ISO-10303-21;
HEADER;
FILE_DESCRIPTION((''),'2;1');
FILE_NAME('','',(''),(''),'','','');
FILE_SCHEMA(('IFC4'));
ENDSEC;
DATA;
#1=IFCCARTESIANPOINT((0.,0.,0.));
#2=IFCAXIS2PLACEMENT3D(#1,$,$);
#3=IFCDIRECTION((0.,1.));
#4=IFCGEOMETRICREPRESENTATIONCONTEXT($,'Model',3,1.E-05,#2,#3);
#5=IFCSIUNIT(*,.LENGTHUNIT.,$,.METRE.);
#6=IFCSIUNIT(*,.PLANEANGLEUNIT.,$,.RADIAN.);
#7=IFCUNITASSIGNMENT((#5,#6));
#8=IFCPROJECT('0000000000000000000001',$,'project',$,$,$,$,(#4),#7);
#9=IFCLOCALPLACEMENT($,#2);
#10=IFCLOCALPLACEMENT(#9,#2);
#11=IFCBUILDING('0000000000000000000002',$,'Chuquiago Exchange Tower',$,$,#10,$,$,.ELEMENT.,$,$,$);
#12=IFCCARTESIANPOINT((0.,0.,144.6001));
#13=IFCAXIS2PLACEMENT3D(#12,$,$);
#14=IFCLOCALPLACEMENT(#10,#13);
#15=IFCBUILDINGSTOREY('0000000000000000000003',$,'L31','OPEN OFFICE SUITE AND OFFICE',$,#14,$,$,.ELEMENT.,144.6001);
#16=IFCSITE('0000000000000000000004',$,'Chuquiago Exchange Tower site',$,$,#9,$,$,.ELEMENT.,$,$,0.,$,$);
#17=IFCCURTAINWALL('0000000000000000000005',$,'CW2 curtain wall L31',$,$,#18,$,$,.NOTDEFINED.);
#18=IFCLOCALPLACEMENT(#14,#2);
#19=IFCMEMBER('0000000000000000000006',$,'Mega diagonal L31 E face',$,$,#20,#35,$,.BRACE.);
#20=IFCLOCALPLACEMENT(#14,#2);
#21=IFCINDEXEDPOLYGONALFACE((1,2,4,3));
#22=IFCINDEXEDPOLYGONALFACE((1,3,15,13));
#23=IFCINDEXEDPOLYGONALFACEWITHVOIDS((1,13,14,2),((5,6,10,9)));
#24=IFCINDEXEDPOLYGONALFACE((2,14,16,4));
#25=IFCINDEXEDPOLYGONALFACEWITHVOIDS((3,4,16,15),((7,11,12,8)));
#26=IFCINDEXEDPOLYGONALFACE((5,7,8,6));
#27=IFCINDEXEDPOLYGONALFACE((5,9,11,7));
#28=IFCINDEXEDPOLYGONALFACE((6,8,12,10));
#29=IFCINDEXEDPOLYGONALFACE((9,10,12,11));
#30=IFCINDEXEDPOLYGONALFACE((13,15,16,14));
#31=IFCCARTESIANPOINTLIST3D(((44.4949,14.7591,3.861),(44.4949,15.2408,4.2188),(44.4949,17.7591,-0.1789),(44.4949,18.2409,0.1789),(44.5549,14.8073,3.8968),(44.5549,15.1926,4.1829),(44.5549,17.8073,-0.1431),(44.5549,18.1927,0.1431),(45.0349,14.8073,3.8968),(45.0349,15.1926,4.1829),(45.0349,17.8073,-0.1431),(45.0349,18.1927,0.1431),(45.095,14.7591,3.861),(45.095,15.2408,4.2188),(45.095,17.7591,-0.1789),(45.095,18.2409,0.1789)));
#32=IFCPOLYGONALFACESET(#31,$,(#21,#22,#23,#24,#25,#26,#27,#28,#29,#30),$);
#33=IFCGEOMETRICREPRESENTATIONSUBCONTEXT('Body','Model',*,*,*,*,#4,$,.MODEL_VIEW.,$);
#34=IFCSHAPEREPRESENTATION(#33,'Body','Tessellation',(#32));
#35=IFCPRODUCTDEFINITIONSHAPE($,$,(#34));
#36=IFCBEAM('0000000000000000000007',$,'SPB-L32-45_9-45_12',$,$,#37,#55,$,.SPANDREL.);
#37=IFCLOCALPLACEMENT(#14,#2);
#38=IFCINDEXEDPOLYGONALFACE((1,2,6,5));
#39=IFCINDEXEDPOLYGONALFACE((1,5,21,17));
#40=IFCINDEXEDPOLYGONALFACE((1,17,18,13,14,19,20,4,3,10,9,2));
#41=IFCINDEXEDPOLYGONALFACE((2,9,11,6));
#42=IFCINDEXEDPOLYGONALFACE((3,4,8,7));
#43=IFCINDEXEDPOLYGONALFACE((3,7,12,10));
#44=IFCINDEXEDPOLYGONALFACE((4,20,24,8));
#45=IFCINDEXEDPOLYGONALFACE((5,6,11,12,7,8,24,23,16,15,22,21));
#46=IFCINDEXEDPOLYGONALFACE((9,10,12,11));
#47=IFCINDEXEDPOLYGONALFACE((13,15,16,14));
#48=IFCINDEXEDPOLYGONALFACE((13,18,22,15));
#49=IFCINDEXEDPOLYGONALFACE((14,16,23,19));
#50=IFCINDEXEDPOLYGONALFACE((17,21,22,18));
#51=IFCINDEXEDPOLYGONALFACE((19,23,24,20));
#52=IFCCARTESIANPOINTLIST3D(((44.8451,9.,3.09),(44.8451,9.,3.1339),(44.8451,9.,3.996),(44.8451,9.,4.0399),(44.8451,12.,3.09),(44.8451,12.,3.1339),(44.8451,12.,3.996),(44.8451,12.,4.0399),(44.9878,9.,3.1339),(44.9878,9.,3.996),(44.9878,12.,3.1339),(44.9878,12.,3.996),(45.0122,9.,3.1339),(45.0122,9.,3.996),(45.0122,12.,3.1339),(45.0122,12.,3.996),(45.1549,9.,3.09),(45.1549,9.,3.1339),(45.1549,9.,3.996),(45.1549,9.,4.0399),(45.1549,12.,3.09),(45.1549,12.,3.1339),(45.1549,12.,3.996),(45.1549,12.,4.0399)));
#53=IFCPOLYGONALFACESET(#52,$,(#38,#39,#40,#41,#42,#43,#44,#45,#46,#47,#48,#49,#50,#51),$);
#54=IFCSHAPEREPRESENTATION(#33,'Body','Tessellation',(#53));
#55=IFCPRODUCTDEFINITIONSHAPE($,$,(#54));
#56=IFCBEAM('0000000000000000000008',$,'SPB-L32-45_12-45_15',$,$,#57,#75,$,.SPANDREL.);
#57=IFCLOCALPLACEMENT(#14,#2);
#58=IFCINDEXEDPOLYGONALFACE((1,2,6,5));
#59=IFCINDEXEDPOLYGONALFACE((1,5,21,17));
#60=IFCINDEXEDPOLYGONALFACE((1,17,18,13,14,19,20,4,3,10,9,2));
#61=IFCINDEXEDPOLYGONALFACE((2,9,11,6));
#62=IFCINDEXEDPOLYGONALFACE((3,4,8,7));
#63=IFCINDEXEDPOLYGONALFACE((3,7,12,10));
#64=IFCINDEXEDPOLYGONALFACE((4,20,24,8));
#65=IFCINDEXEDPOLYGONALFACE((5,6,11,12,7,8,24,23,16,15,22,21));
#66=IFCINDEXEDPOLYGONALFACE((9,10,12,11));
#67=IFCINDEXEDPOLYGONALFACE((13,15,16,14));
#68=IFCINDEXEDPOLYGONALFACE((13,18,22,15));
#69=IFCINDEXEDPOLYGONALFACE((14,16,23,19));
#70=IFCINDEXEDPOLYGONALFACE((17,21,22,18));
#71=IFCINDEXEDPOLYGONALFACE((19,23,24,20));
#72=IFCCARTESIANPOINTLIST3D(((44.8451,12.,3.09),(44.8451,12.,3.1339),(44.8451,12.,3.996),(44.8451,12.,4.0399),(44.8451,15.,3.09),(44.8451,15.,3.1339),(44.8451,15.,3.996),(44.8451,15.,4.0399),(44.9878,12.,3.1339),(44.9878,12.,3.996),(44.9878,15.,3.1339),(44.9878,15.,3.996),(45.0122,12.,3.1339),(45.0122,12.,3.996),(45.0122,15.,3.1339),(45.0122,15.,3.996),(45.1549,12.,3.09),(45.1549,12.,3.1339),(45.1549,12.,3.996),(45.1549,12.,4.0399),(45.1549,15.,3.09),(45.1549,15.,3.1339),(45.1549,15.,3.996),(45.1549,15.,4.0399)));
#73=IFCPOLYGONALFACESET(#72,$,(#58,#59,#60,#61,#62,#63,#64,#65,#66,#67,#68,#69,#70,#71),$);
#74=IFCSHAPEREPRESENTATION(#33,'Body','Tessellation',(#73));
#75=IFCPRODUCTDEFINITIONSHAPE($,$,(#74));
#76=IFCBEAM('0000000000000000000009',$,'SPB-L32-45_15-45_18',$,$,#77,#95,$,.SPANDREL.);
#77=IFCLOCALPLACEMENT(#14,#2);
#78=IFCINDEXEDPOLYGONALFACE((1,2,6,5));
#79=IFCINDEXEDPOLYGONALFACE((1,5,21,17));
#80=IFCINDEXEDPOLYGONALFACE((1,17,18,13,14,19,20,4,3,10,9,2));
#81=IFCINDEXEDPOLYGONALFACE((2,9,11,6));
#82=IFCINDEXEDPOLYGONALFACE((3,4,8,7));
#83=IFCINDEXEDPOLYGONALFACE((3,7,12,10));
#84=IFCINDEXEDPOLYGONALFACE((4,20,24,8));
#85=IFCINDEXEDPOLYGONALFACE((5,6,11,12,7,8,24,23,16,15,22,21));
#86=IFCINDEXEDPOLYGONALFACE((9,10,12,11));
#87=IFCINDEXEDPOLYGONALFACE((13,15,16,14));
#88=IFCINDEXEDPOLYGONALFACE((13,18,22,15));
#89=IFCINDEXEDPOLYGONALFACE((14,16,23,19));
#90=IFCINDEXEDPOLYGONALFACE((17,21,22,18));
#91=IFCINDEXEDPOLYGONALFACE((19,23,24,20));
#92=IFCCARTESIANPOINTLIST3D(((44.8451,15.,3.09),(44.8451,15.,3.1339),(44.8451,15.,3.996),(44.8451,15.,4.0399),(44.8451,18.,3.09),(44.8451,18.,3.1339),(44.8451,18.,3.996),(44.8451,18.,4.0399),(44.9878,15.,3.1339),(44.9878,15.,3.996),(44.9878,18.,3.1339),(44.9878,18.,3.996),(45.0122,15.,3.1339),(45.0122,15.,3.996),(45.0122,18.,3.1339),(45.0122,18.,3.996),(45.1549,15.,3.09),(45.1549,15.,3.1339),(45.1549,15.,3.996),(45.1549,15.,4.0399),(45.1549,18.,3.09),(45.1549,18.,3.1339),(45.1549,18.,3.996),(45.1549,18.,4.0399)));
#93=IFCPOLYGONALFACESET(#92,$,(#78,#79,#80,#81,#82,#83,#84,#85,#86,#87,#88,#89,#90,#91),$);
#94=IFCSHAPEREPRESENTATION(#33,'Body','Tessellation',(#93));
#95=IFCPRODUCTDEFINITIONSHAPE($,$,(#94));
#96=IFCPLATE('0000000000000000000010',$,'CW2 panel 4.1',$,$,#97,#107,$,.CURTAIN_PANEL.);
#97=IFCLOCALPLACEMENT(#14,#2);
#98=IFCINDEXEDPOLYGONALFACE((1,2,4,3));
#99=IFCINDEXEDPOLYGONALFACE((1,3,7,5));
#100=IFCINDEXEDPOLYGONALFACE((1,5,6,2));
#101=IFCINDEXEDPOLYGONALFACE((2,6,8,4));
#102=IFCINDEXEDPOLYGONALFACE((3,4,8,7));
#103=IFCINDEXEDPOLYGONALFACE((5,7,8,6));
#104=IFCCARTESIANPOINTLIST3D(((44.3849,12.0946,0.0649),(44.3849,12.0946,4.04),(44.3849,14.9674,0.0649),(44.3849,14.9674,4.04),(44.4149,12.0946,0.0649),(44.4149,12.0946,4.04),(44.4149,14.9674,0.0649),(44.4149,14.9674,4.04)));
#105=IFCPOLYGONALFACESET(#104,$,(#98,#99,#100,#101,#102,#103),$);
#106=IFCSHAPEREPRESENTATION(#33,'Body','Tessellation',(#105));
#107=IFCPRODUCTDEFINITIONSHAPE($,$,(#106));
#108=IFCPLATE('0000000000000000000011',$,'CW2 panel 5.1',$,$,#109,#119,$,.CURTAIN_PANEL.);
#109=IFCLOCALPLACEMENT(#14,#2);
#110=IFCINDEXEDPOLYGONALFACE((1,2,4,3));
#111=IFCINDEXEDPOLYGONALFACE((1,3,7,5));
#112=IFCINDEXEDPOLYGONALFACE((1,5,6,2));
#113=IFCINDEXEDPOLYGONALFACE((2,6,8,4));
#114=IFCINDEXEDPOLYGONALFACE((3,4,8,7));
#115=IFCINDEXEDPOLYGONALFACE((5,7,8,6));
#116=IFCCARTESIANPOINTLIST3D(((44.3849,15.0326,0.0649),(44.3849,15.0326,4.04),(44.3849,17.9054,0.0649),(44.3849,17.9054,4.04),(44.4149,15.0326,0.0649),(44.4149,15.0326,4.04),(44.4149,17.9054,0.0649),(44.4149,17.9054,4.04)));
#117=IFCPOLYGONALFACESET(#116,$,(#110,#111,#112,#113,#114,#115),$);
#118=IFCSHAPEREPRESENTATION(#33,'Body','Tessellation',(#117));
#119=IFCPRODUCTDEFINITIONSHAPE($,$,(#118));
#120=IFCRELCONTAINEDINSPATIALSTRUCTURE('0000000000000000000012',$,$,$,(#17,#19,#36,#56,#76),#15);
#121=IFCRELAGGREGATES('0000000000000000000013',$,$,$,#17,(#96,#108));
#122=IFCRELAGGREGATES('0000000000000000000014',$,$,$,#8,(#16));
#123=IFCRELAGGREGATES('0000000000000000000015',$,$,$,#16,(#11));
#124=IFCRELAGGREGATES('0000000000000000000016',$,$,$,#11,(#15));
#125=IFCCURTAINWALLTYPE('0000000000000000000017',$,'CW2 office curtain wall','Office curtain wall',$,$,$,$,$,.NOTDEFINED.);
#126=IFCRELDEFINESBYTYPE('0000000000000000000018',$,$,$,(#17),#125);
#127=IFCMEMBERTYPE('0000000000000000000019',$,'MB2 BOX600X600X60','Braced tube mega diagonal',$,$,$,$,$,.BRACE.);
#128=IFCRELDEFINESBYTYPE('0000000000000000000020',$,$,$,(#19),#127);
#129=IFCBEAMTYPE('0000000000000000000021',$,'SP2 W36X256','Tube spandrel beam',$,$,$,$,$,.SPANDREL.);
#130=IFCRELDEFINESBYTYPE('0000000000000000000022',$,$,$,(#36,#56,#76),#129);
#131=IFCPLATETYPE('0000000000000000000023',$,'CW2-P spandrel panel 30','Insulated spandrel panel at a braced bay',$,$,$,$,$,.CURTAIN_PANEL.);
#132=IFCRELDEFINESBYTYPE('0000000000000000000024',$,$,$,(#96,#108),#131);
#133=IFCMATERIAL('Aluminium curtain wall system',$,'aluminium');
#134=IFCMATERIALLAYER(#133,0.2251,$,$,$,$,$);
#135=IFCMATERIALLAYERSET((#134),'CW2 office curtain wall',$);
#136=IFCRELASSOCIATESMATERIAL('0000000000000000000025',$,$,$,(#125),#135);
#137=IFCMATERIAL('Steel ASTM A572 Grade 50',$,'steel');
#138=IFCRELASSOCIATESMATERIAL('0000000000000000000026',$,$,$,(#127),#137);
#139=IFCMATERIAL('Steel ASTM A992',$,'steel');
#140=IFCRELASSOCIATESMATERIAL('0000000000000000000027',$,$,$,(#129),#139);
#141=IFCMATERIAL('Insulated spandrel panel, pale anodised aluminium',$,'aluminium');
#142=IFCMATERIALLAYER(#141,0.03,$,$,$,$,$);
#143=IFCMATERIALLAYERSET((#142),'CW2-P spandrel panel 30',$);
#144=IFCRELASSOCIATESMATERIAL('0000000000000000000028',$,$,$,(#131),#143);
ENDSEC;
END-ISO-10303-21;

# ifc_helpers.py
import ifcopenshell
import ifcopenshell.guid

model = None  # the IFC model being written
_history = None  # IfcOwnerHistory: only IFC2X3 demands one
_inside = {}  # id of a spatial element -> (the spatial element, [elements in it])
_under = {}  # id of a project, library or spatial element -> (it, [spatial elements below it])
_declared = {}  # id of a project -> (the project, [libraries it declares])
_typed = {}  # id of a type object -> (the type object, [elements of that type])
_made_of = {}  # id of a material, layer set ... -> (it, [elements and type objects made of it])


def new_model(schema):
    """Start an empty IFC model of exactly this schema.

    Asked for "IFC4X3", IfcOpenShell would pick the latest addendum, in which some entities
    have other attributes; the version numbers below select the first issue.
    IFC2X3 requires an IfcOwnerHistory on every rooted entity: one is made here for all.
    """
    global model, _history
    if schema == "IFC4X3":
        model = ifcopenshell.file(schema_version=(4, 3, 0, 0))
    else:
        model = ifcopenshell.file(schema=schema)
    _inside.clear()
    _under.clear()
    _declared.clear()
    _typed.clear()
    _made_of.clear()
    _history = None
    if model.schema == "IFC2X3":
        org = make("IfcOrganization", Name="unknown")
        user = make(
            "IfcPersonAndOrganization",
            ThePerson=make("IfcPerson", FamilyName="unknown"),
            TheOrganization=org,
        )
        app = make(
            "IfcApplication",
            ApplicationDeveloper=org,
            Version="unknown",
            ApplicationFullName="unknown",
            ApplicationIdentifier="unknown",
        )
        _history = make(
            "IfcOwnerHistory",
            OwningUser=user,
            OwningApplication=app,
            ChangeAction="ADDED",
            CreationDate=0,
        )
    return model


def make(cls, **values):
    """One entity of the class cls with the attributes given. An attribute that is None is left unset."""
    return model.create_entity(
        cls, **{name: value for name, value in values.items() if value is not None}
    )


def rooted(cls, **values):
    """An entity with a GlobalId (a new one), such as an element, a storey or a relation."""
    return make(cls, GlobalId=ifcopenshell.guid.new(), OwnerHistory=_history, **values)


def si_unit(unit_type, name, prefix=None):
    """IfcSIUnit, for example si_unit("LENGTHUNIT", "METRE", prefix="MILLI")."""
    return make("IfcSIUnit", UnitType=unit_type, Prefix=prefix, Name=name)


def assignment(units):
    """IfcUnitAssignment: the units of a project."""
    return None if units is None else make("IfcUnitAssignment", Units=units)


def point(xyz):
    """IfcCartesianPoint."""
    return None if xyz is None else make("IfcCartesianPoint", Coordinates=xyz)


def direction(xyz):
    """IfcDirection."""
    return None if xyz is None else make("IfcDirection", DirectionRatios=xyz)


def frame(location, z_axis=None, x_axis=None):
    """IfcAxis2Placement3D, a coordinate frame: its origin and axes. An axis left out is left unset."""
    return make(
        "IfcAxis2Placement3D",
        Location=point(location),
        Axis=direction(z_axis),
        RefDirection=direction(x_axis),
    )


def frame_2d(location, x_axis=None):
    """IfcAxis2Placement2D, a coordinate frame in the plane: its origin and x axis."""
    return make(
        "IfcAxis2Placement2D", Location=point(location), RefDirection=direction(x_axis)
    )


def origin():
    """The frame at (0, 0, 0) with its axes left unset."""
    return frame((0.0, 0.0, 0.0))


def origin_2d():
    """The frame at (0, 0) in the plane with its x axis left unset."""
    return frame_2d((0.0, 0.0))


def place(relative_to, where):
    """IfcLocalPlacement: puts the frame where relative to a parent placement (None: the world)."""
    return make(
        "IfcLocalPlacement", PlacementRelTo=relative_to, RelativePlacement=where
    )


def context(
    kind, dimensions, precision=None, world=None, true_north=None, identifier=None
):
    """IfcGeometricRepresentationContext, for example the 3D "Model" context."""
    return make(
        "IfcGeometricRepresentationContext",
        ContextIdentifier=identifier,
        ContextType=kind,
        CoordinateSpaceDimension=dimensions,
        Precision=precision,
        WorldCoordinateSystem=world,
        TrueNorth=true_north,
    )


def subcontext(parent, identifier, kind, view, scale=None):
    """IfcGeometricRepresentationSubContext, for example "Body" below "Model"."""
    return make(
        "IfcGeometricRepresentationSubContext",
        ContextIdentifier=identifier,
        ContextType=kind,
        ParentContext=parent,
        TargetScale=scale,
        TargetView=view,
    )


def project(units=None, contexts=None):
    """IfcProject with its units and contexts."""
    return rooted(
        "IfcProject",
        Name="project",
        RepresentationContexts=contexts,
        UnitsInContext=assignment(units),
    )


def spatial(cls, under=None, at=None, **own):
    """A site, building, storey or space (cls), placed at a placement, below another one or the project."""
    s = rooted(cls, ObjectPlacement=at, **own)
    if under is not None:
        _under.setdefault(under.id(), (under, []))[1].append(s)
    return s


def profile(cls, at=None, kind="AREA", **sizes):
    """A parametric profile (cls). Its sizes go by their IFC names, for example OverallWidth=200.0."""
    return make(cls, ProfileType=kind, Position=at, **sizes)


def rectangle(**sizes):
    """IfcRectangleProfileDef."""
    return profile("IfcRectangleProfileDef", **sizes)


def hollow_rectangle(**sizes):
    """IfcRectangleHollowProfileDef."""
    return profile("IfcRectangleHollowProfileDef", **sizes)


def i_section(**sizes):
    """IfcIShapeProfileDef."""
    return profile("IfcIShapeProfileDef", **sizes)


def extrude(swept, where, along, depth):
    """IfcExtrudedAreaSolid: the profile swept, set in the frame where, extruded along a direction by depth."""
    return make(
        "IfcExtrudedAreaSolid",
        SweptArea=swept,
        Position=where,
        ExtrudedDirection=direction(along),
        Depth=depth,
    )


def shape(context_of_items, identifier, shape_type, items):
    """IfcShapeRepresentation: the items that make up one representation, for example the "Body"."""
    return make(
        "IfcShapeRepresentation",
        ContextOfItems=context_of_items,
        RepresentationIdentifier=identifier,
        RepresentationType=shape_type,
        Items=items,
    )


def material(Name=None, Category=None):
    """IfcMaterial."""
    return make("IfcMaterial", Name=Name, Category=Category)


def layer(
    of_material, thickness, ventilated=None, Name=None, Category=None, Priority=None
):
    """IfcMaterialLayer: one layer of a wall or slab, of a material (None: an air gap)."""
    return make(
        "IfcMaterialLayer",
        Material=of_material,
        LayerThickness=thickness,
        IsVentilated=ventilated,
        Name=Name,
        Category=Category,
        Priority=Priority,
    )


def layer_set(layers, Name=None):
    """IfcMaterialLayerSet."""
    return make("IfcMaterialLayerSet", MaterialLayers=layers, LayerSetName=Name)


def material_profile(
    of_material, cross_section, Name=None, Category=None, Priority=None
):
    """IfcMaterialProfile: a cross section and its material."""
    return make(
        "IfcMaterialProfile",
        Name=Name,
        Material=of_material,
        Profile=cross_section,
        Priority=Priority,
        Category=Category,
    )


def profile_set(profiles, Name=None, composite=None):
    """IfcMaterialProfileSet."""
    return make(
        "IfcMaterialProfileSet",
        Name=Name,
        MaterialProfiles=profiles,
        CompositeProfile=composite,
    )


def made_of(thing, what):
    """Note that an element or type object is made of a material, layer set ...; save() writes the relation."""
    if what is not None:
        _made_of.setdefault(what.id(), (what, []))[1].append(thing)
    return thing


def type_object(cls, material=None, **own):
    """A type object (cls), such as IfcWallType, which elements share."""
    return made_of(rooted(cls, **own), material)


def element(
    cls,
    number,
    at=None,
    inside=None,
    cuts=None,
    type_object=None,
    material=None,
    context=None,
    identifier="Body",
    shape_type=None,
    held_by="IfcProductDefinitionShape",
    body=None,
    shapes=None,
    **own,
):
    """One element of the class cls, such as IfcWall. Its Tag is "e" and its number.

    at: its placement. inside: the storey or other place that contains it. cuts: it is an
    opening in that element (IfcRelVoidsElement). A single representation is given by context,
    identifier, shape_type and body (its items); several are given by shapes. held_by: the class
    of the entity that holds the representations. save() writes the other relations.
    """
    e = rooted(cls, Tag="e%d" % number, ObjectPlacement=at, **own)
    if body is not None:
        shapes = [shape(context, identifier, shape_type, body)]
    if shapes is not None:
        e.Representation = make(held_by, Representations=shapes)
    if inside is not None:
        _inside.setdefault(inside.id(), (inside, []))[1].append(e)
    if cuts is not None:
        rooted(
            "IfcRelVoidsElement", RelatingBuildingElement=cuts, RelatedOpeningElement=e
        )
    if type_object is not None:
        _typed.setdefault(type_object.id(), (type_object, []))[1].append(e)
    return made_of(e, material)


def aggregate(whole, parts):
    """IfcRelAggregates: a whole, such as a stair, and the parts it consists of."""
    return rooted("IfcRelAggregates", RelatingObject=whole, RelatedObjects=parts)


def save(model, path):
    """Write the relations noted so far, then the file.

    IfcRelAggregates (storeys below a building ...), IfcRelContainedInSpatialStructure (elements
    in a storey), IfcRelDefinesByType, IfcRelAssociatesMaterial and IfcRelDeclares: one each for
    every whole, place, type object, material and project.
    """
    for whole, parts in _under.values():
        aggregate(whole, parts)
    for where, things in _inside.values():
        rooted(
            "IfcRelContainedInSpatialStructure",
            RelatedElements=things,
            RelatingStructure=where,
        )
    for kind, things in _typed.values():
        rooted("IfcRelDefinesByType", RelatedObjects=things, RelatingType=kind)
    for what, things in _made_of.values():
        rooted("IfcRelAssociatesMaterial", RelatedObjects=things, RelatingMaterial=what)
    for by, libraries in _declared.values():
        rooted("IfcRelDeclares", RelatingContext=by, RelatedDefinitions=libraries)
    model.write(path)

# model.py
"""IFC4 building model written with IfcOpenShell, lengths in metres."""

from ifc_helpers import new_model, si_unit, direction, frame, origin, origin_2d, place, context, subcontext, project, spatial, rectangle, hollow_rectangle, i_section, extrude, material, layer, layer_set, material_profile, profile_set, type_object, element, aggregate, save


model = new_model("IFC4")

# Units and contexts
model_context = context("Model", 3, precision=1e-05, world=origin(), true_north=direction((0.0, 1.0)))
body_context = subcontext(model_context, "Body", "Model", "MODEL_VIEW")
ifc_project = project(units=[si_unit("LENGTHUNIT", "METRE"), si_unit("PLANEANGLEUNIT", "RADIAN")], contexts=[model_context])

# Site, building, storey
site_placement = place(None, origin())
site = spatial("IfcSite", under=ifc_project, at=site_placement, Name="Chuquiago Exchange Tower site", CompositionType="ELEMENT", RefElevation=0.0)
building_placement = place(site_placement, origin())
building = spatial("IfcBuilding", under=site, at=building_placement, Name="Chuquiago Exchange Tower", CompositionType="ELEMENT")
storey_placement = place(building_placement, frame((0.0, 0.0, 144.6001)))
storey = spatial("IfcBuildingStorey", under=building, at=storey_placement, Name="L31", Description="OPEN OFFICE SUITE AND OFFICE", CompositionType="ELEMENT", Elevation=144.6001)

# Curtain wall
ifc_material_1 = material(Name="Aluminium curtain wall system", Category="aluminium")
ifc_layer_1 = layer(ifc_material_1, 0.2251)
ifc_layer_set_1 = layer_set([ifc_layer_1], Name="CW2 office curtain wall")
curtain_wall_type = type_object("IfcCurtainWallType", Name="CW2 office curtain wall", Description="Office curtain wall", PredefinedType="NOTDEFINED", material=ifc_layer_set_1)
curtain_wall_placement = place(storey_placement, origin())
curtain_wall = element("IfcCurtainWall", 1, at=curtain_wall_placement, inside=storey, type_object=curtain_wall_type, Name="CW2 curtain wall L31", PredefinedType="NOTDEFINED")

# Member
ifc_material_2 = material(Name="Steel ASTM A572 Grade 50", Category="steel")
ifc_material_profile_1 = material_profile(ifc_material_2, hollow_rectangle(XDim=0.6001, YDim=0.6001, WallThickness=0.0601, at=origin_2d()), Name="BOX600X600X60")
ifc_profile_set_1 = profile_set([ifc_material_profile_1], Name="Steel ASTM A572 Grade 50")
member_type_1 = type_object("IfcMemberType", Name="MB2 BOX600X600X60", Description="Braced tube mega diagonal", PredefinedType="BRACE", material=ifc_profile_set_1)
for number, where, z_axis, x_axis, name in (
    (2, (44.7949, 18.0, 0.0), (0.0, -0.596197, 0.802838), (1.0, 0.0, 0.0), "Mega diagonal L31 E face"),
):
    element("IfcMember", number, at=place(storey_placement, frame(where, z_axis=z_axis, x_axis=x_axis)), inside=storey, type_object=member_type_1, Name=name, PredefinedType="BRACE", context=body_context, shape_type="SweptSolid", body=[
        extrude(hollow_rectangle(XDim=0.6001, YDim=0.6001, WallThickness=0.0601, at=origin_2d()), origin(), (0.0, 0.0, 1.0), 5.032),
    ])

# Beams
ifc_material_3 = material(Name="Steel ASTM A992", Category="steel")
ifc_material_profile_2 = material_profile(ifc_material_3, i_section(OverallWidth=0.3098, OverallDepth=0.95, WebThickness=0.0244, FlangeThickness=0.0439, at=origin_2d()), Name="W36X256")
ifc_profile_set_2 = profile_set([ifc_material_profile_2], Name="Steel ASTM A992")
beam_type = type_object("IfcBeamType", Name="SP2 W36X256", Description="Tube spandrel beam", PredefinedType="SPANDREL", material=ifc_profile_set_2)
for number, where, z_axis, x_axis, name in (
    (3, (45.0, 9.0, 3.5649), (0.0, 1.0, 0.0), (-1.0, 0.0, 0.0), "SPB-L32-45_9-45_12"),
    (4, (45.0, 12.0, 3.5649), (0.0, 1.0, 0.0), (-1.0, 0.0, 0.0), "SPB-L32-45_12-45_15"),
    (5, (45.0, 15.0, 3.5649), (0.0, 1.0, 0.0), (-1.0, 0.0, 0.0), "SPB-L32-45_15-45_18"),
):
    element("IfcBeam", number, at=place(storey_placement, frame(where, z_axis=z_axis, x_axis=x_axis)), inside=storey, type_object=beam_type, Name=name, PredefinedType="SPANDREL", context=body_context, shape_type="SweptSolid", body=[
        extrude(i_section(OverallWidth=0.3098, OverallDepth=0.95, WebThickness=0.0244, FlangeThickness=0.0439, at=origin_2d()), origin(), (0.0, 0.0, 1.0), 3.0),
    ])

# Plates
ifc_material_4 = material(Name="Insulated spandrel panel, pale anodised aluminium", Category="aluminium")
ifc_layer_2 = layer(ifc_material_4, 0.03)
ifc_layer_set_2 = layer_set([ifc_layer_2], Name="CW2-P spandrel panel 30")
plate_type = type_object("IfcPlateType", Name="CW2-P spandrel panel 30", Description="Insulated spandrel panel at a braced bay", PredefinedType="CURTAIN_PANEL", material=ifc_layer_set_2)
plate_1_placement = place(storey_placement, frame((44.3999, 13.531, 0.0649), z_axis=(0.0, 0.0, 1.0), x_axis=(0.0, 1.0, 0.0)))
plate_1 = element("IfcPlate", 6, at=plate_1_placement, type_object=plate_type, Name="CW2 panel 4.1", PredefinedType="CURTAIN_PANEL", context=body_context, shape_type="SweptSolid", body=[
    extrude(rectangle(XDim=2.8728, YDim=0.03, at=origin_2d()), origin(), (0.0, 0.0, 1.0), 3.9751),
])
plate_2_placement = place(storey_placement, frame((44.3999, 16.469, 0.0649), z_axis=(0.0, 0.0, 1.0), x_axis=(0.0, 1.0, 0.0)))
plate_2 = element("IfcPlate", 7, at=plate_2_placement, type_object=plate_type, Name="CW2 panel 5.1", PredefinedType="CURTAIN_PANEL", context=body_context, shape_type="SweptSolid", body=[
    extrude(rectangle(XDim=2.8728, YDim=0.03, at=origin_2d()), origin(), (0.0, 0.0, 1.0), 3.9751),
])
aggregate(curtain_wall, [plate_1, plate_2])

save(model, "model.ifc")
